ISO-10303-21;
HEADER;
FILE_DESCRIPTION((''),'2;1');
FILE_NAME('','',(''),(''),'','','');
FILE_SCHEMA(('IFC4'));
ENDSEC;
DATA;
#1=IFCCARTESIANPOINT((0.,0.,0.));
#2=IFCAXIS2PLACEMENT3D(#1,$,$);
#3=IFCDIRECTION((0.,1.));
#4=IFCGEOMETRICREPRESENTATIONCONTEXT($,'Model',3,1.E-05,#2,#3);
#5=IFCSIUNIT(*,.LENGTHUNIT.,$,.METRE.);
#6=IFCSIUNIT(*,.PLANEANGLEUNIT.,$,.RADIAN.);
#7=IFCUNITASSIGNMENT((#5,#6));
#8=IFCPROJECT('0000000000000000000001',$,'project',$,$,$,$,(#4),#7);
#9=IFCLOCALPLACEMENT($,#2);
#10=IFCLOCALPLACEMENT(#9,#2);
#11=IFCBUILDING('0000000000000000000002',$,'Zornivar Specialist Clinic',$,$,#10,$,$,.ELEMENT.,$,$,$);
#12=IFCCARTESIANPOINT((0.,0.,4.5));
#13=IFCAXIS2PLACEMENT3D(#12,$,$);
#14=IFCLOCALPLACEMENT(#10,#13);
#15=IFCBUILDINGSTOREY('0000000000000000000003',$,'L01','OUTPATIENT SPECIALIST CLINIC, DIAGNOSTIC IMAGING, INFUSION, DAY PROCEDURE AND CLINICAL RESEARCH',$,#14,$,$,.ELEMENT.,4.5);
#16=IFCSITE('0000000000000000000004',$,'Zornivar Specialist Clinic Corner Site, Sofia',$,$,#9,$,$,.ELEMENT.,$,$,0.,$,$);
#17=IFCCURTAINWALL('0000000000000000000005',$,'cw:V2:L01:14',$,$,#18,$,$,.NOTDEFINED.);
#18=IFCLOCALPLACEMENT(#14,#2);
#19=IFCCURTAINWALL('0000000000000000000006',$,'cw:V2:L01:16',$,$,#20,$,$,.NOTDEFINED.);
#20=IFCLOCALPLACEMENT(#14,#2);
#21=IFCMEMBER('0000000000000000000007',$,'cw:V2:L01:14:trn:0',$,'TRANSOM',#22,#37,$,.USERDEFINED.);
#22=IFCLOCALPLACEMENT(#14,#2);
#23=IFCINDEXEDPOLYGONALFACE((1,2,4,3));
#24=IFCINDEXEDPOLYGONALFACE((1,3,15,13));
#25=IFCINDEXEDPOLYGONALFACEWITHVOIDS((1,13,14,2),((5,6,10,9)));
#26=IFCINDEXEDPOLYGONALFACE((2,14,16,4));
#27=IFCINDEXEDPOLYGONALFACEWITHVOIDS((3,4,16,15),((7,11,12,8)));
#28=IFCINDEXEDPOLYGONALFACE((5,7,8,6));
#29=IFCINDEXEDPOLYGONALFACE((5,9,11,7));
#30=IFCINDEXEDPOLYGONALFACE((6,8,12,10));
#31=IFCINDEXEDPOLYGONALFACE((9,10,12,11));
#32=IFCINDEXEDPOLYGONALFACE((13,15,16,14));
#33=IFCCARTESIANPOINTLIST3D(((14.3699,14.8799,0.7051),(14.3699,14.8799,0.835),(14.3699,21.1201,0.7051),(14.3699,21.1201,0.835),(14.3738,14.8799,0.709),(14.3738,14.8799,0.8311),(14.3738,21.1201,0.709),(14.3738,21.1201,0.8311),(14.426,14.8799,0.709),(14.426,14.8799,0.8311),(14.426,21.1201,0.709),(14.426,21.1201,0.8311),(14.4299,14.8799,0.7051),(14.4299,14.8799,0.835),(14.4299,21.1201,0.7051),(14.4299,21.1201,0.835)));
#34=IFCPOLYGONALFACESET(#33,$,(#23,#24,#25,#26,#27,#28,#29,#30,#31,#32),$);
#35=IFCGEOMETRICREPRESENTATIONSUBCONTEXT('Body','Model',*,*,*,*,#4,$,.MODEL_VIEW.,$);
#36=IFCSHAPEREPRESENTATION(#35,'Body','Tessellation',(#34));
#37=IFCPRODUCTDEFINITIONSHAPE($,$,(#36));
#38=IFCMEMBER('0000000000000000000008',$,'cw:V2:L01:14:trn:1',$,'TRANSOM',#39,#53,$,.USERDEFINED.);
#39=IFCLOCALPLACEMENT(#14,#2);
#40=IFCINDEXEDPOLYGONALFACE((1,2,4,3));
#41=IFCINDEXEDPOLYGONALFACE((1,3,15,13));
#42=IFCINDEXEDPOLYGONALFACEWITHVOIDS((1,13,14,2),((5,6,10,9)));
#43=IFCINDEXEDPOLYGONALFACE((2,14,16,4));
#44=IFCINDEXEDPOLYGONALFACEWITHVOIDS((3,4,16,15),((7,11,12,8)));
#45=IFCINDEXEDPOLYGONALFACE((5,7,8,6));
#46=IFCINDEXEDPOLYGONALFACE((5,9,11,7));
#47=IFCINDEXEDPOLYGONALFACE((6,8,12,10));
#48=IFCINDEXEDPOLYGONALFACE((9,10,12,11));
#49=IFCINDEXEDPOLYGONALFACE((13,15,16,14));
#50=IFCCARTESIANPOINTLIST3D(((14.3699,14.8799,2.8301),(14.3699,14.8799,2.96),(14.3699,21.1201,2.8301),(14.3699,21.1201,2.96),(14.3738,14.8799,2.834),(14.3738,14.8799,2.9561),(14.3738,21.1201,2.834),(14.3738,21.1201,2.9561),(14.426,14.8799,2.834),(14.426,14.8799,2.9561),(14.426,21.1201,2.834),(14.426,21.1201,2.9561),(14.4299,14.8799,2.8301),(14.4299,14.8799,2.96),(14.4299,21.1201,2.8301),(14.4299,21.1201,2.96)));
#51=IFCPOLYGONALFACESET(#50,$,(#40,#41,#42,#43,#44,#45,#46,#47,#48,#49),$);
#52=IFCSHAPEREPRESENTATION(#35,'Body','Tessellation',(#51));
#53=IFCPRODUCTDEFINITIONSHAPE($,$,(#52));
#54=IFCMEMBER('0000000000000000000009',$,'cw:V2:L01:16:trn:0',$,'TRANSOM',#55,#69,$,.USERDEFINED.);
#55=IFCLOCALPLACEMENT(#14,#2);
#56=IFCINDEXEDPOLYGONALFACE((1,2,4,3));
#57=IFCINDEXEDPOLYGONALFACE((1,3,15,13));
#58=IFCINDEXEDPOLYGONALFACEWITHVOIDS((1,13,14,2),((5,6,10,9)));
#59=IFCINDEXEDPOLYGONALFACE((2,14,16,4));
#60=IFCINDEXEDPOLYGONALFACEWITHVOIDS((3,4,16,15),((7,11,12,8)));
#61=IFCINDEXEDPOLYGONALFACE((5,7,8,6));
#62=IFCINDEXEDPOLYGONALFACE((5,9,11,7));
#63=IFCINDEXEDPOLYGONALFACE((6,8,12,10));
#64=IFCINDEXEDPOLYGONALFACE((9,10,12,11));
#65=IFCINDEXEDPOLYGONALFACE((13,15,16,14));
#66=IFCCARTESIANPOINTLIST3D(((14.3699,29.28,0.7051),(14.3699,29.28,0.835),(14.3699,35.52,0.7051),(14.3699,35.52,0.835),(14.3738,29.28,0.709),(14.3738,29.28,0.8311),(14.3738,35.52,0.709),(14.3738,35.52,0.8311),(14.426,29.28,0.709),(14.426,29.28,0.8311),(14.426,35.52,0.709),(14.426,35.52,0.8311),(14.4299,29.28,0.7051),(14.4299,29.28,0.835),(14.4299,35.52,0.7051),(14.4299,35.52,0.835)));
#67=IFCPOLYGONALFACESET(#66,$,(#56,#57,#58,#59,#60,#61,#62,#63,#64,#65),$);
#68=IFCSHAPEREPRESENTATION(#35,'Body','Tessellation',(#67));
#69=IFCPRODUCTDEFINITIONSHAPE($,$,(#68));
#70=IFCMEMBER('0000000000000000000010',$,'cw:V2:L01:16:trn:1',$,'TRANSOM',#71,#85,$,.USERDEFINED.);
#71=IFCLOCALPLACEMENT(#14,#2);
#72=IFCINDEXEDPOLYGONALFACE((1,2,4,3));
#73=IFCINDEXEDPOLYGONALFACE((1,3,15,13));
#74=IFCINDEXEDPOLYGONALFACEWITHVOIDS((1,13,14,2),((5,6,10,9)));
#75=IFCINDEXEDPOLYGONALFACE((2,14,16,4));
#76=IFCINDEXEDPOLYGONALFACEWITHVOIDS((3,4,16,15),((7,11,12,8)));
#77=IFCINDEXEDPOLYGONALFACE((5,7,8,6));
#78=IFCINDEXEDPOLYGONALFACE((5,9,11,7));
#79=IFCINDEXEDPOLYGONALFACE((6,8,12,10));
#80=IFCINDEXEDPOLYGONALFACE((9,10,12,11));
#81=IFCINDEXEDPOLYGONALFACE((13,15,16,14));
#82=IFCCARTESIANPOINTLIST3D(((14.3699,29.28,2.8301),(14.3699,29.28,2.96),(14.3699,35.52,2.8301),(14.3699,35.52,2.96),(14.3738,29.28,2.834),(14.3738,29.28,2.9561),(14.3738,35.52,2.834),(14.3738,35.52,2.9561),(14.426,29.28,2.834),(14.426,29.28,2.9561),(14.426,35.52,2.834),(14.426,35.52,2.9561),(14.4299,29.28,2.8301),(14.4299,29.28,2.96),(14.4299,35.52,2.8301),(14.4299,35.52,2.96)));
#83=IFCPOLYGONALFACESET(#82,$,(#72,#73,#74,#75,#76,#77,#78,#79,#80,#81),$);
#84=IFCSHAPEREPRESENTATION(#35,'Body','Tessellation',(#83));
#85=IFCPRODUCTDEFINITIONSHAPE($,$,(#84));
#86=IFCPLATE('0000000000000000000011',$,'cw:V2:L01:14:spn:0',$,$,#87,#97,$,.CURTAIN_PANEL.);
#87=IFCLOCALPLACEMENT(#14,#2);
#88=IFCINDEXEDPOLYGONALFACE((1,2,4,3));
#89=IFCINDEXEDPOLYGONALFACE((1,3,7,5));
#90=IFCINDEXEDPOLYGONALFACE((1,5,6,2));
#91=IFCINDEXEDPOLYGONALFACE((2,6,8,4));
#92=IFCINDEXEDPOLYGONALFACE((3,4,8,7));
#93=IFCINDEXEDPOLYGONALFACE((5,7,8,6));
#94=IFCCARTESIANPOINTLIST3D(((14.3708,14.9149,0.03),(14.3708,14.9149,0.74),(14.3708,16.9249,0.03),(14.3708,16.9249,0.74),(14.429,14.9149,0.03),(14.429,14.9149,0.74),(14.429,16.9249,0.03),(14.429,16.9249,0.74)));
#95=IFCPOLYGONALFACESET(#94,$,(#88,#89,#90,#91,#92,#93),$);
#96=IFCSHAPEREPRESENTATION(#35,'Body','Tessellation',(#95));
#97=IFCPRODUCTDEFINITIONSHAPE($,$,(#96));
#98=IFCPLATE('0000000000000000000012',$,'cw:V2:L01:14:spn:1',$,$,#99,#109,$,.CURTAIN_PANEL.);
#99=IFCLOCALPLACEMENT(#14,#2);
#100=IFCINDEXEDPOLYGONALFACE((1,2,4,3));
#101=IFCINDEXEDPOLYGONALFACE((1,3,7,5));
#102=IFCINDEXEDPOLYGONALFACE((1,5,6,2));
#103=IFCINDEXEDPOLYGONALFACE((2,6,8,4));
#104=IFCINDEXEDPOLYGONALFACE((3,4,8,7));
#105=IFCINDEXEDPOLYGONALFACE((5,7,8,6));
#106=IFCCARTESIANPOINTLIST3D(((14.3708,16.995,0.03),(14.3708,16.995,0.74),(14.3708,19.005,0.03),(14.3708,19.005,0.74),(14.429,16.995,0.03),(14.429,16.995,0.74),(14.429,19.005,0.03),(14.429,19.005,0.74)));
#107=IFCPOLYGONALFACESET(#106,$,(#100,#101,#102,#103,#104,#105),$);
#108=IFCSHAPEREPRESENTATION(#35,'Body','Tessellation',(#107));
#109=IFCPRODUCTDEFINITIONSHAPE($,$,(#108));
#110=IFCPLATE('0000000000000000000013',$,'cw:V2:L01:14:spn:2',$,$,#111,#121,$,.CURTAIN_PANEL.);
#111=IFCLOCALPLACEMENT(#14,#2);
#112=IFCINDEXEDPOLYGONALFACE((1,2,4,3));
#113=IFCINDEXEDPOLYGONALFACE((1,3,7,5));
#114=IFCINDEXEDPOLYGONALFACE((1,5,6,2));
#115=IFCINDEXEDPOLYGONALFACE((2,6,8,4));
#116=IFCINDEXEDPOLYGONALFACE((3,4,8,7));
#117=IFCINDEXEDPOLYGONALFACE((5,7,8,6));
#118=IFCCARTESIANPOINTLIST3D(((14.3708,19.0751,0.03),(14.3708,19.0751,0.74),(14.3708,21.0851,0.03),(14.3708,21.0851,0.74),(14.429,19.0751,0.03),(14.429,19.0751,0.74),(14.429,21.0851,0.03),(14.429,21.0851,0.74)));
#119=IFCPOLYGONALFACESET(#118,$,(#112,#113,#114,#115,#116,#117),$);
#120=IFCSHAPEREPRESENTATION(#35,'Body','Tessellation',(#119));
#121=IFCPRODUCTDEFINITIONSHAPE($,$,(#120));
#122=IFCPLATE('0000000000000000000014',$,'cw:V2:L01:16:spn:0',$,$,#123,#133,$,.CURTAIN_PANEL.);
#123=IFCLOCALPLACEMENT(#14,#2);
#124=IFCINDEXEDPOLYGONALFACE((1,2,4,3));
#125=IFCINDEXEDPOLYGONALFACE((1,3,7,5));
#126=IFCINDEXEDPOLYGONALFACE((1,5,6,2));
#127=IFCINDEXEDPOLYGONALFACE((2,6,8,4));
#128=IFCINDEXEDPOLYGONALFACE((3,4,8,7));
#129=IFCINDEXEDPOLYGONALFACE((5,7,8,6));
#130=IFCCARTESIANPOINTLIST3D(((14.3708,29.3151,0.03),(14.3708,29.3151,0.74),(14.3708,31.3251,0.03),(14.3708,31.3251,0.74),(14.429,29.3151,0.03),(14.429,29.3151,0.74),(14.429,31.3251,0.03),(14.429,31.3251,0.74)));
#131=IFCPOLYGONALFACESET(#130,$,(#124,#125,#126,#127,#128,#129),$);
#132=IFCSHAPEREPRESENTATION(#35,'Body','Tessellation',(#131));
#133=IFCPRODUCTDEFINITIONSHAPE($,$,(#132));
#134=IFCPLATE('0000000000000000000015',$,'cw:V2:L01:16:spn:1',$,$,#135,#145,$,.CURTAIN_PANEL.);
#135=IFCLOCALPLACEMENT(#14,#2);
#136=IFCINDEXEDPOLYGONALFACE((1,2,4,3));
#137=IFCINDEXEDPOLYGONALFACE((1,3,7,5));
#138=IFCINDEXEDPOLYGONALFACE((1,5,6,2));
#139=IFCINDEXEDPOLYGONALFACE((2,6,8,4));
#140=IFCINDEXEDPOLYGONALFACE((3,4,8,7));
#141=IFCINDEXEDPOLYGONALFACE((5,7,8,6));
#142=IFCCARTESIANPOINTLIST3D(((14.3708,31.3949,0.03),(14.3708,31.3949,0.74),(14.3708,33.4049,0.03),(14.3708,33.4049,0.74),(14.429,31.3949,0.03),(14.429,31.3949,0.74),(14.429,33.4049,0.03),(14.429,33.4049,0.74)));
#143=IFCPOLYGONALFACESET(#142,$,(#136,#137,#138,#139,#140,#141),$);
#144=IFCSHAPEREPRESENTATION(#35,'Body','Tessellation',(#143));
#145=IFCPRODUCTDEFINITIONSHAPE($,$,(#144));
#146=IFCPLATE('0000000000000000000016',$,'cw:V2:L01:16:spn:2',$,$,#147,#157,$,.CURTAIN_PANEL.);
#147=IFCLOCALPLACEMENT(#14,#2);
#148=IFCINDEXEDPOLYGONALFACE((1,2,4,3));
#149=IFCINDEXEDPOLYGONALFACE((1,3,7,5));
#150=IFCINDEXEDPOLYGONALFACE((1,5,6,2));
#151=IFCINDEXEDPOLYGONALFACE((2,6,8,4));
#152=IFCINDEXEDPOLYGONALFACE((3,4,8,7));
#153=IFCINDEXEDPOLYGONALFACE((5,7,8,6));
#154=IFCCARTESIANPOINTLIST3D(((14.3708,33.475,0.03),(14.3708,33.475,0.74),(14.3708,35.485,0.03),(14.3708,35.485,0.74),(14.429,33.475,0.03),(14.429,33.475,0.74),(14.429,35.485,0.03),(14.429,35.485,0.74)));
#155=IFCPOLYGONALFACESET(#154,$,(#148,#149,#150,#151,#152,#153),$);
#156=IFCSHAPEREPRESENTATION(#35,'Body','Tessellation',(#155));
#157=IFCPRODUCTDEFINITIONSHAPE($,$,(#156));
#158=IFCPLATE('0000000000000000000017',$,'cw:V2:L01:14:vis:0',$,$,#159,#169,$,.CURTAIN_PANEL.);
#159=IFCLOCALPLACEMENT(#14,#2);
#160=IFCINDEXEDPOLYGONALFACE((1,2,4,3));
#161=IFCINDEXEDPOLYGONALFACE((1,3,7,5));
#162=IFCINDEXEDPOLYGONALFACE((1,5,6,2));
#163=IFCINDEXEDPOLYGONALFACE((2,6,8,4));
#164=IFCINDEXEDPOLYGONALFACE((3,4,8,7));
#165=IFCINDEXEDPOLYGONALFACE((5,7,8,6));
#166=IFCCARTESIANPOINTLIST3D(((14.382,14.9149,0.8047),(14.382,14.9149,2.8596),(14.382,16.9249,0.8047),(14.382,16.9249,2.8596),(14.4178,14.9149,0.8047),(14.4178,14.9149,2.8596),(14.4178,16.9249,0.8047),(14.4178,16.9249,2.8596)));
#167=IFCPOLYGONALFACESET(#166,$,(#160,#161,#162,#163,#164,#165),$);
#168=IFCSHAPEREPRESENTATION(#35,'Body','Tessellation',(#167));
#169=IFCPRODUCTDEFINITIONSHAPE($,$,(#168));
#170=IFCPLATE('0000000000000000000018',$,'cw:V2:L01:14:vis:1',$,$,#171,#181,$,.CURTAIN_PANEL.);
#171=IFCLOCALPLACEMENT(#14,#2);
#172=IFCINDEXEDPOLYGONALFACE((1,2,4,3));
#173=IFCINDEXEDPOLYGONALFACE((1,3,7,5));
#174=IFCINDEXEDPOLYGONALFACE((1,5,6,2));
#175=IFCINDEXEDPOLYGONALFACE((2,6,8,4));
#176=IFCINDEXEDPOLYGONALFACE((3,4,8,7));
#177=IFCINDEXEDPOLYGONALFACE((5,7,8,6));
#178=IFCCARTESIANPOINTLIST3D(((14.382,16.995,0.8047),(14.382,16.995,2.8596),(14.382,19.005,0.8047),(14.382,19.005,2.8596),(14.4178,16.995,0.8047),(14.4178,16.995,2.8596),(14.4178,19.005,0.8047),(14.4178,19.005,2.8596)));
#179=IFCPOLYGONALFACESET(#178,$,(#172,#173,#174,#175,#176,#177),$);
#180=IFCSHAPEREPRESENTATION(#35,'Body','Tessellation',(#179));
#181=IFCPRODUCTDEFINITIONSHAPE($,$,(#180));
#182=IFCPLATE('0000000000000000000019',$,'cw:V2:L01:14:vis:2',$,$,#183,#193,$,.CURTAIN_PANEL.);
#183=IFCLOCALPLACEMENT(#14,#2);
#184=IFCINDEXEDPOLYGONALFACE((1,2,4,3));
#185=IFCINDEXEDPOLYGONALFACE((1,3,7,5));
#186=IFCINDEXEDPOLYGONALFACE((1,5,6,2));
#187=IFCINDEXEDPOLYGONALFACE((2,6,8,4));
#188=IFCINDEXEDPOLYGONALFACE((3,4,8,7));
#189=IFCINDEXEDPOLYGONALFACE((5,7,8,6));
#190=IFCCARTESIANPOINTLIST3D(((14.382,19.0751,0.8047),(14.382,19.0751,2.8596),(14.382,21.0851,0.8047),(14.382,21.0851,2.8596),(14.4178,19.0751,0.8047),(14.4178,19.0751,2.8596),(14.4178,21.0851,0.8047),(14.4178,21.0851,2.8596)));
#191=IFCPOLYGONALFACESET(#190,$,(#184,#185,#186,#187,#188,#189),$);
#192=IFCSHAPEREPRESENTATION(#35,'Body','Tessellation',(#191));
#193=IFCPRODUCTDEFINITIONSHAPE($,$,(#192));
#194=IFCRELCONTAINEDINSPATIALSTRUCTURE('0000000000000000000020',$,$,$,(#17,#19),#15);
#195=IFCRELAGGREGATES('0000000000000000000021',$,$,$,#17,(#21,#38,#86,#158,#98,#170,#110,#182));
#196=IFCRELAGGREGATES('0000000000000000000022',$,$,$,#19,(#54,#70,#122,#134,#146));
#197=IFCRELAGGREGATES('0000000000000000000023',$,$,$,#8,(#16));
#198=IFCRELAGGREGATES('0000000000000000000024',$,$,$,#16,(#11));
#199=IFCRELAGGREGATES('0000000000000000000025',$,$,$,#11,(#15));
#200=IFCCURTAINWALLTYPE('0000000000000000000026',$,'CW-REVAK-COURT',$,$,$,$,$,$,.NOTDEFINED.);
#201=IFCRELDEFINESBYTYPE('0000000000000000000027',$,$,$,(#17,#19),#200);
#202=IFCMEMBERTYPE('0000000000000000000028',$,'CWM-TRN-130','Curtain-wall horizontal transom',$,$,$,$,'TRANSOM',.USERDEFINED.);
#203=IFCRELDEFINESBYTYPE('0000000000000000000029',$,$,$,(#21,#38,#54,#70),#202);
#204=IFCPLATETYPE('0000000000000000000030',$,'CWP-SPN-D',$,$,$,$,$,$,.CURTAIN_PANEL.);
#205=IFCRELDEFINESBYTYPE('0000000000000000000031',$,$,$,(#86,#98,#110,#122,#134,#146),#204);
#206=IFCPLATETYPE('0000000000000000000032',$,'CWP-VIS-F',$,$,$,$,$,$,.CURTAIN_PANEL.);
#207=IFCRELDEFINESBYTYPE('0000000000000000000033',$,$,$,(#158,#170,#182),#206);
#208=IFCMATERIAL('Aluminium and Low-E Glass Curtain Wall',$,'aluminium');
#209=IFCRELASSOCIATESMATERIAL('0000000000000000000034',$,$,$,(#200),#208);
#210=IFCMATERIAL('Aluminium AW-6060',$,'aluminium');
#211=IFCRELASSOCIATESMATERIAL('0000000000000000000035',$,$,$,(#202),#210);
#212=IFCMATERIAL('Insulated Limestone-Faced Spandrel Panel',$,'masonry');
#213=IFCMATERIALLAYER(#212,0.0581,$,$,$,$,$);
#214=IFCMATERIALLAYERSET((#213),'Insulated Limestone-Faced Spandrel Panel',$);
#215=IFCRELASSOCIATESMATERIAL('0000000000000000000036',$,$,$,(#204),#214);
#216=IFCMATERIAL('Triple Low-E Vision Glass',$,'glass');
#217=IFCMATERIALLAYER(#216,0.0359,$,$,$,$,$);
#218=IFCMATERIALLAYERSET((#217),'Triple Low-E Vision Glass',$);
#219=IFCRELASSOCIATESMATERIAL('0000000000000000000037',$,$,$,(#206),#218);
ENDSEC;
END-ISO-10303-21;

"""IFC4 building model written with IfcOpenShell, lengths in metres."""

from ifc_helpers import new_model, si_unit, direction, frame, origin, origin_2d, place, context, subcontext, project, spatial, rectangle, hollow_rectangle, extrude, material, layer, layer_set, material_profile, profile_set, type_object, element, aggregate, save


model = new_model("IFC4")

# Units and contexts
model_context = context("Model", 3, precision=1e-05, world=origin(), true_north=direction((0.0, 1.0)))
body_context = subcontext(model_context, "Body", "Model", "MODEL_VIEW")
ifc_project = project(units=[si_unit("LENGTHUNIT", "METRE"), si_unit("PLANEANGLEUNIT", "RADIAN")], contexts=[model_context])

# Site, building, storey
site_placement = place(None, origin())
site = spatial("IfcSite", under=ifc_project, at=site_placement, Name="Zornivar Specialist Clinic Corner Site, Sofia", CompositionType="ELEMENT", RefElevation=0.0)
building_placement = place(site_placement, origin())
building = spatial("IfcBuilding", under=site, at=building_placement, Name="Zornivar Specialist Clinic", CompositionType="ELEMENT")
storey_placement = place(building_placement, frame((0.0, 0.0, 4.5)))
storey = spatial("IfcBuildingStorey", under=building, at=storey_placement, Name="L01", Description="OUTPATIENT SPECIALIST CLINIC, DIAGNOSTIC IMAGING, INFUSION, DAY PROCEDURE AND CLINICAL RESEARCH", CompositionType="ELEMENT", Elevation=4.5)

# Curtain walls
ifc_material_1 = material(Name="Aluminium and Low-E Glass Curtain Wall", Category="aluminium")
curtain_wall_type = type_object("IfcCurtainWallType", Name="CW-REVAK-COURT", PredefinedType="NOTDEFINED", material=ifc_material_1)
curtain_wall_1_placement = place(storey_placement, origin())
curtain_wall_1 = element("IfcCurtainWall", 1, at=curtain_wall_1_placement, inside=storey, type_object=curtain_wall_type, Name="cw:V2:L01:14", PredefinedType="NOTDEFINED")
curtain_wall_2_placement = place(storey_placement, origin())
curtain_wall_2 = element("IfcCurtainWall", 2, at=curtain_wall_2_placement, inside=storey, type_object=curtain_wall_type, Name="cw:V2:L01:16", PredefinedType="NOTDEFINED")

# Members
ifc_material_2 = material(Name="Aluminium AW-6060", Category="aluminium")
ifc_material_profile_1 = material_profile(ifc_material_2, hollow_rectangle(XDim=0.0601, YDim=0.1299, WallThickness=0.0039, at=origin_2d()), Name="ALU 60x130x4")
ifc_profile_set_1 = profile_set([ifc_material_profile_1], Name="Aluminium AW-6060")
member_type_1 = type_object("IfcMemberType", Name="CWM-TRN-130", Description="Curtain-wall horizontal transom", ElementType="TRANSOM", PredefinedType="USERDEFINED", material=ifc_profile_set_1)
member_1_placement = place(storey_placement, frame((14.3999, 14.8799, 0.77), z_axis=(0.0, 1.0, 0.0), x_axis=(-1.0, 0.0, 0.0)))
member_1 = element("IfcMember", 3, at=member_1_placement, type_object=member_type_1, Name="cw:V2:L01:14:trn:0", ObjectType="TRANSOM", PredefinedType="USERDEFINED", context=body_context, shape_type="SweptSolid", body=[
    extrude(hollow_rectangle(XDim=0.0601, YDim=0.1299, WallThickness=0.0039, at=origin_2d()), origin(), (0.0, 0.0, 1.0), 6.2402),
])
member_2_placement = place(storey_placement, frame((14.3999, 14.8799, 2.895), z_axis=(0.0, 1.0, 0.0), x_axis=(-1.0, 0.0, 0.0)))
member_2 = element("IfcMember", 4, at=member_2_placement, type_object=member_type_1, Name="cw:V2:L01:14:trn:1", ObjectType="TRANSOM", PredefinedType="USERDEFINED", context=body_context, shape_type="SweptSolid", body=[
    extrude(hollow_rectangle(XDim=0.0601, YDim=0.1299, WallThickness=0.0039, at=origin_2d()), origin(), (0.0, 0.0, 1.0), 6.2402),
])
member_3_placement = place(storey_placement, frame((14.3999, 29.28, 0.77), z_axis=(0.0, 1.0, 0.0), x_axis=(-1.0, 0.0, 0.0)))
member_3 = element("IfcMember", 5, at=member_3_placement, type_object=member_type_1, Name="cw:V2:L01:16:trn:0", ObjectType="TRANSOM", PredefinedType="USERDEFINED", context=body_context, shape_type="SweptSolid", body=[
    extrude(hollow_rectangle(XDim=0.0601, YDim=0.1299, WallThickness=0.0039, at=origin_2d()), origin(), (0.0, 0.0, 1.0), 6.24),
])
member_4_placement = place(storey_placement, frame((14.3999, 29.28, 2.895), z_axis=(0.0, 1.0, 0.0), x_axis=(-1.0, 0.0, 0.0)))
member_4 = element("IfcMember", 6, at=member_4_placement, type_object=member_type_1, Name="cw:V2:L01:16:trn:1", ObjectType="TRANSOM", PredefinedType="USERDEFINED", context=body_context, shape_type="SweptSolid", body=[
    extrude(hollow_rectangle(XDim=0.0601, YDim=0.1299, WallThickness=0.0039, at=origin_2d()), origin(), (0.0, 0.0, 1.0), 6.24),
])

# Plates
ifc_material_3 = material(Name="Insulated Limestone-Faced Spandrel Panel", Category="masonry")
ifc_layer_1 = layer(ifc_material_3, 0.0581)
ifc_layer_set_1 = layer_set([ifc_layer_1], Name="Insulated Limestone-Faced Spandrel Panel")
plate_type_1 = type_object("IfcPlateType", Name="CWP-SPN-D", PredefinedType="CURTAIN_PANEL", material=ifc_layer_set_1)
plate_1_placement = place(storey_placement, frame((14.3999, 15.9199, 0.03), z_axis=(0.0, 0.0, 1.0), x_axis=(0.0, 1.0, 0.0)))
plate_1 = element("IfcPlate", 7, at=plate_1_placement, type_object=plate_type_1, Name="cw:V2:L01:14:spn:0", PredefinedType="CURTAIN_PANEL", context=body_context, shape_type="SweptSolid", body=[
    extrude(rectangle(XDim=2.01, YDim=0.0581, at=origin_2d()), origin(), (0.0, 0.0, 1.0), 0.71),
])
plate_2_placement = place(storey_placement, frame((14.3999, 18.0, 0.03), z_axis=(0.0, 0.0, 1.0), x_axis=(0.0, 1.0, 0.0)))
plate_2 = element("IfcPlate", 8, at=plate_2_placement, type_object=plate_type_1, Name="cw:V2:L01:14:spn:1", PredefinedType="CURTAIN_PANEL", context=body_context, shape_type="SweptSolid", body=[
    extrude(rectangle(XDim=2.01, YDim=0.0581, at=origin_2d()), origin(), (0.0, 0.0, 1.0), 0.71),
])
plate_3_placement = place(storey_placement, frame((14.3999, 20.0801, 0.03), z_axis=(0.0, 0.0, 1.0), x_axis=(0.0, 1.0, 0.0)))
plate_3 = element("IfcPlate", 9, at=plate_3_placement, type_object=plate_type_1, Name="cw:V2:L01:14:spn:2", PredefinedType="CURTAIN_PANEL", context=body_context, shape_type="SweptSolid", body=[
    extrude(rectangle(XDim=2.01, YDim=0.0581, at=origin_2d()), origin(), (0.0, 0.0, 1.0), 0.71),
])
plate_4_placement = place(storey_placement, frame((14.3999, 30.3201, 0.03), z_axis=(0.0, 0.0, 1.0), x_axis=(0.0, 1.0, 0.0)))
plate_4 = element("IfcPlate", 10, at=plate_4_placement, type_object=plate_type_1, Name="cw:V2:L01:16:spn:0", PredefinedType="CURTAIN_PANEL", context=body_context, shape_type="SweptSolid", body=[
    extrude(rectangle(XDim=2.01, YDim=0.0581, at=origin_2d()), origin(), (0.0, 0.0, 1.0), 0.71),
])
plate_5_placement = place(storey_placement, frame((14.3999, 32.3999, 0.03), z_axis=(0.0, 0.0, 1.0), x_axis=(0.0, 1.0, 0.0)))
plate_5 = element("IfcPlate", 11, at=plate_5_placement, type_object=plate_type_1, Name="cw:V2:L01:16:spn:1", PredefinedType="CURTAIN_PANEL", context=body_context, shape_type="SweptSolid", body=[
    extrude(rectangle(XDim=2.01, YDim=0.0581, at=origin_2d()), origin(), (0.0, 0.0, 1.0), 0.71),
])
plate_6_placement = place(storey_placement, frame((14.3999, 34.48, 0.03), z_axis=(0.0, 0.0, 1.0), x_axis=(0.0, 1.0, 0.0)))
plate_6 = element("IfcPlate", 12, at=plate_6_placement, type_object=plate_type_1, Name="cw:V2:L01:16:spn:2", PredefinedType="CURTAIN_PANEL", context=body_context, shape_type="SweptSolid", body=[
    extrude(rectangle(XDim=2.01, YDim=0.0581, at=origin_2d()), origin(), (0.0, 0.0, 1.0), 0.71),
])
ifc_material_4 = material(Name="Triple Low-E Vision Glass", Category="glass")
ifc_layer_2 = layer(ifc_material_4, 0.0359)
ifc_layer_set_2 = layer_set([ifc_layer_2], Name="Triple Low-E Vision Glass")
plate_type_2 = type_object("IfcPlateType", Name="CWP-VIS-F", PredefinedType="CURTAIN_PANEL", material=ifc_layer_set_2)
plate_7_placement = place(storey_placement, frame((14.3999, 15.9199, 0.8047), z_axis=(0.0, 0.0, 1.0), x_axis=(0.0, 1.0, 0.0)))
plate_7 = element("IfcPlate", 13, at=plate_7_placement, type_object=plate_type_2, Name="cw:V2:L01:14:vis:0", PredefinedType="CURTAIN_PANEL", context=body_context, shape_type="SweptSolid", body=[
    extrude(rectangle(XDim=2.01, YDim=0.0359, at=origin_2d()), origin(), (0.0, 0.0, 1.0), 2.0549),
])
plate_8_placement = place(storey_placement, frame((14.3999, 18.0, 0.8047), z_axis=(0.0, 0.0, 1.0), x_axis=(0.0, 1.0, 0.0)))
plate_8 = element("IfcPlate", 14, at=plate_8_placement, type_object=plate_type_2, Name="cw:V2:L01:14:vis:1", PredefinedType="CURTAIN_PANEL", context=body_context, shape_type="SweptSolid", body=[
    extrude(rectangle(XDim=2.01, YDim=0.0359, at=origin_2d()), origin(), (0.0, 0.0, 1.0), 2.0549),
])
plate_9_placement = place(storey_placement, frame((14.3999, 20.0801, 0.8047), z_axis=(0.0, 0.0, 1.0), x_axis=(0.0, 1.0, 0.0)))
plate_9 = element("IfcPlate", 15, at=plate_9_placement, type_object=plate_type_2, Name="cw:V2:L01:14:vis:2", PredefinedType="CURTAIN_PANEL", context=body_context, shape_type="SweptSolid", body=[
    extrude(rectangle(XDim=2.01, YDim=0.0359, at=origin_2d()), origin(), (0.0, 0.0, 1.0), 2.0549),
])
aggregate(curtain_wall_1, [member_1, member_2, plate_1, plate_7, plate_2, plate_8, plate_3, plate_9])
aggregate(curtain_wall_2, [member_3, member_4, plate_4, plate_5, plate_6])

save(model, "model.ifc")
